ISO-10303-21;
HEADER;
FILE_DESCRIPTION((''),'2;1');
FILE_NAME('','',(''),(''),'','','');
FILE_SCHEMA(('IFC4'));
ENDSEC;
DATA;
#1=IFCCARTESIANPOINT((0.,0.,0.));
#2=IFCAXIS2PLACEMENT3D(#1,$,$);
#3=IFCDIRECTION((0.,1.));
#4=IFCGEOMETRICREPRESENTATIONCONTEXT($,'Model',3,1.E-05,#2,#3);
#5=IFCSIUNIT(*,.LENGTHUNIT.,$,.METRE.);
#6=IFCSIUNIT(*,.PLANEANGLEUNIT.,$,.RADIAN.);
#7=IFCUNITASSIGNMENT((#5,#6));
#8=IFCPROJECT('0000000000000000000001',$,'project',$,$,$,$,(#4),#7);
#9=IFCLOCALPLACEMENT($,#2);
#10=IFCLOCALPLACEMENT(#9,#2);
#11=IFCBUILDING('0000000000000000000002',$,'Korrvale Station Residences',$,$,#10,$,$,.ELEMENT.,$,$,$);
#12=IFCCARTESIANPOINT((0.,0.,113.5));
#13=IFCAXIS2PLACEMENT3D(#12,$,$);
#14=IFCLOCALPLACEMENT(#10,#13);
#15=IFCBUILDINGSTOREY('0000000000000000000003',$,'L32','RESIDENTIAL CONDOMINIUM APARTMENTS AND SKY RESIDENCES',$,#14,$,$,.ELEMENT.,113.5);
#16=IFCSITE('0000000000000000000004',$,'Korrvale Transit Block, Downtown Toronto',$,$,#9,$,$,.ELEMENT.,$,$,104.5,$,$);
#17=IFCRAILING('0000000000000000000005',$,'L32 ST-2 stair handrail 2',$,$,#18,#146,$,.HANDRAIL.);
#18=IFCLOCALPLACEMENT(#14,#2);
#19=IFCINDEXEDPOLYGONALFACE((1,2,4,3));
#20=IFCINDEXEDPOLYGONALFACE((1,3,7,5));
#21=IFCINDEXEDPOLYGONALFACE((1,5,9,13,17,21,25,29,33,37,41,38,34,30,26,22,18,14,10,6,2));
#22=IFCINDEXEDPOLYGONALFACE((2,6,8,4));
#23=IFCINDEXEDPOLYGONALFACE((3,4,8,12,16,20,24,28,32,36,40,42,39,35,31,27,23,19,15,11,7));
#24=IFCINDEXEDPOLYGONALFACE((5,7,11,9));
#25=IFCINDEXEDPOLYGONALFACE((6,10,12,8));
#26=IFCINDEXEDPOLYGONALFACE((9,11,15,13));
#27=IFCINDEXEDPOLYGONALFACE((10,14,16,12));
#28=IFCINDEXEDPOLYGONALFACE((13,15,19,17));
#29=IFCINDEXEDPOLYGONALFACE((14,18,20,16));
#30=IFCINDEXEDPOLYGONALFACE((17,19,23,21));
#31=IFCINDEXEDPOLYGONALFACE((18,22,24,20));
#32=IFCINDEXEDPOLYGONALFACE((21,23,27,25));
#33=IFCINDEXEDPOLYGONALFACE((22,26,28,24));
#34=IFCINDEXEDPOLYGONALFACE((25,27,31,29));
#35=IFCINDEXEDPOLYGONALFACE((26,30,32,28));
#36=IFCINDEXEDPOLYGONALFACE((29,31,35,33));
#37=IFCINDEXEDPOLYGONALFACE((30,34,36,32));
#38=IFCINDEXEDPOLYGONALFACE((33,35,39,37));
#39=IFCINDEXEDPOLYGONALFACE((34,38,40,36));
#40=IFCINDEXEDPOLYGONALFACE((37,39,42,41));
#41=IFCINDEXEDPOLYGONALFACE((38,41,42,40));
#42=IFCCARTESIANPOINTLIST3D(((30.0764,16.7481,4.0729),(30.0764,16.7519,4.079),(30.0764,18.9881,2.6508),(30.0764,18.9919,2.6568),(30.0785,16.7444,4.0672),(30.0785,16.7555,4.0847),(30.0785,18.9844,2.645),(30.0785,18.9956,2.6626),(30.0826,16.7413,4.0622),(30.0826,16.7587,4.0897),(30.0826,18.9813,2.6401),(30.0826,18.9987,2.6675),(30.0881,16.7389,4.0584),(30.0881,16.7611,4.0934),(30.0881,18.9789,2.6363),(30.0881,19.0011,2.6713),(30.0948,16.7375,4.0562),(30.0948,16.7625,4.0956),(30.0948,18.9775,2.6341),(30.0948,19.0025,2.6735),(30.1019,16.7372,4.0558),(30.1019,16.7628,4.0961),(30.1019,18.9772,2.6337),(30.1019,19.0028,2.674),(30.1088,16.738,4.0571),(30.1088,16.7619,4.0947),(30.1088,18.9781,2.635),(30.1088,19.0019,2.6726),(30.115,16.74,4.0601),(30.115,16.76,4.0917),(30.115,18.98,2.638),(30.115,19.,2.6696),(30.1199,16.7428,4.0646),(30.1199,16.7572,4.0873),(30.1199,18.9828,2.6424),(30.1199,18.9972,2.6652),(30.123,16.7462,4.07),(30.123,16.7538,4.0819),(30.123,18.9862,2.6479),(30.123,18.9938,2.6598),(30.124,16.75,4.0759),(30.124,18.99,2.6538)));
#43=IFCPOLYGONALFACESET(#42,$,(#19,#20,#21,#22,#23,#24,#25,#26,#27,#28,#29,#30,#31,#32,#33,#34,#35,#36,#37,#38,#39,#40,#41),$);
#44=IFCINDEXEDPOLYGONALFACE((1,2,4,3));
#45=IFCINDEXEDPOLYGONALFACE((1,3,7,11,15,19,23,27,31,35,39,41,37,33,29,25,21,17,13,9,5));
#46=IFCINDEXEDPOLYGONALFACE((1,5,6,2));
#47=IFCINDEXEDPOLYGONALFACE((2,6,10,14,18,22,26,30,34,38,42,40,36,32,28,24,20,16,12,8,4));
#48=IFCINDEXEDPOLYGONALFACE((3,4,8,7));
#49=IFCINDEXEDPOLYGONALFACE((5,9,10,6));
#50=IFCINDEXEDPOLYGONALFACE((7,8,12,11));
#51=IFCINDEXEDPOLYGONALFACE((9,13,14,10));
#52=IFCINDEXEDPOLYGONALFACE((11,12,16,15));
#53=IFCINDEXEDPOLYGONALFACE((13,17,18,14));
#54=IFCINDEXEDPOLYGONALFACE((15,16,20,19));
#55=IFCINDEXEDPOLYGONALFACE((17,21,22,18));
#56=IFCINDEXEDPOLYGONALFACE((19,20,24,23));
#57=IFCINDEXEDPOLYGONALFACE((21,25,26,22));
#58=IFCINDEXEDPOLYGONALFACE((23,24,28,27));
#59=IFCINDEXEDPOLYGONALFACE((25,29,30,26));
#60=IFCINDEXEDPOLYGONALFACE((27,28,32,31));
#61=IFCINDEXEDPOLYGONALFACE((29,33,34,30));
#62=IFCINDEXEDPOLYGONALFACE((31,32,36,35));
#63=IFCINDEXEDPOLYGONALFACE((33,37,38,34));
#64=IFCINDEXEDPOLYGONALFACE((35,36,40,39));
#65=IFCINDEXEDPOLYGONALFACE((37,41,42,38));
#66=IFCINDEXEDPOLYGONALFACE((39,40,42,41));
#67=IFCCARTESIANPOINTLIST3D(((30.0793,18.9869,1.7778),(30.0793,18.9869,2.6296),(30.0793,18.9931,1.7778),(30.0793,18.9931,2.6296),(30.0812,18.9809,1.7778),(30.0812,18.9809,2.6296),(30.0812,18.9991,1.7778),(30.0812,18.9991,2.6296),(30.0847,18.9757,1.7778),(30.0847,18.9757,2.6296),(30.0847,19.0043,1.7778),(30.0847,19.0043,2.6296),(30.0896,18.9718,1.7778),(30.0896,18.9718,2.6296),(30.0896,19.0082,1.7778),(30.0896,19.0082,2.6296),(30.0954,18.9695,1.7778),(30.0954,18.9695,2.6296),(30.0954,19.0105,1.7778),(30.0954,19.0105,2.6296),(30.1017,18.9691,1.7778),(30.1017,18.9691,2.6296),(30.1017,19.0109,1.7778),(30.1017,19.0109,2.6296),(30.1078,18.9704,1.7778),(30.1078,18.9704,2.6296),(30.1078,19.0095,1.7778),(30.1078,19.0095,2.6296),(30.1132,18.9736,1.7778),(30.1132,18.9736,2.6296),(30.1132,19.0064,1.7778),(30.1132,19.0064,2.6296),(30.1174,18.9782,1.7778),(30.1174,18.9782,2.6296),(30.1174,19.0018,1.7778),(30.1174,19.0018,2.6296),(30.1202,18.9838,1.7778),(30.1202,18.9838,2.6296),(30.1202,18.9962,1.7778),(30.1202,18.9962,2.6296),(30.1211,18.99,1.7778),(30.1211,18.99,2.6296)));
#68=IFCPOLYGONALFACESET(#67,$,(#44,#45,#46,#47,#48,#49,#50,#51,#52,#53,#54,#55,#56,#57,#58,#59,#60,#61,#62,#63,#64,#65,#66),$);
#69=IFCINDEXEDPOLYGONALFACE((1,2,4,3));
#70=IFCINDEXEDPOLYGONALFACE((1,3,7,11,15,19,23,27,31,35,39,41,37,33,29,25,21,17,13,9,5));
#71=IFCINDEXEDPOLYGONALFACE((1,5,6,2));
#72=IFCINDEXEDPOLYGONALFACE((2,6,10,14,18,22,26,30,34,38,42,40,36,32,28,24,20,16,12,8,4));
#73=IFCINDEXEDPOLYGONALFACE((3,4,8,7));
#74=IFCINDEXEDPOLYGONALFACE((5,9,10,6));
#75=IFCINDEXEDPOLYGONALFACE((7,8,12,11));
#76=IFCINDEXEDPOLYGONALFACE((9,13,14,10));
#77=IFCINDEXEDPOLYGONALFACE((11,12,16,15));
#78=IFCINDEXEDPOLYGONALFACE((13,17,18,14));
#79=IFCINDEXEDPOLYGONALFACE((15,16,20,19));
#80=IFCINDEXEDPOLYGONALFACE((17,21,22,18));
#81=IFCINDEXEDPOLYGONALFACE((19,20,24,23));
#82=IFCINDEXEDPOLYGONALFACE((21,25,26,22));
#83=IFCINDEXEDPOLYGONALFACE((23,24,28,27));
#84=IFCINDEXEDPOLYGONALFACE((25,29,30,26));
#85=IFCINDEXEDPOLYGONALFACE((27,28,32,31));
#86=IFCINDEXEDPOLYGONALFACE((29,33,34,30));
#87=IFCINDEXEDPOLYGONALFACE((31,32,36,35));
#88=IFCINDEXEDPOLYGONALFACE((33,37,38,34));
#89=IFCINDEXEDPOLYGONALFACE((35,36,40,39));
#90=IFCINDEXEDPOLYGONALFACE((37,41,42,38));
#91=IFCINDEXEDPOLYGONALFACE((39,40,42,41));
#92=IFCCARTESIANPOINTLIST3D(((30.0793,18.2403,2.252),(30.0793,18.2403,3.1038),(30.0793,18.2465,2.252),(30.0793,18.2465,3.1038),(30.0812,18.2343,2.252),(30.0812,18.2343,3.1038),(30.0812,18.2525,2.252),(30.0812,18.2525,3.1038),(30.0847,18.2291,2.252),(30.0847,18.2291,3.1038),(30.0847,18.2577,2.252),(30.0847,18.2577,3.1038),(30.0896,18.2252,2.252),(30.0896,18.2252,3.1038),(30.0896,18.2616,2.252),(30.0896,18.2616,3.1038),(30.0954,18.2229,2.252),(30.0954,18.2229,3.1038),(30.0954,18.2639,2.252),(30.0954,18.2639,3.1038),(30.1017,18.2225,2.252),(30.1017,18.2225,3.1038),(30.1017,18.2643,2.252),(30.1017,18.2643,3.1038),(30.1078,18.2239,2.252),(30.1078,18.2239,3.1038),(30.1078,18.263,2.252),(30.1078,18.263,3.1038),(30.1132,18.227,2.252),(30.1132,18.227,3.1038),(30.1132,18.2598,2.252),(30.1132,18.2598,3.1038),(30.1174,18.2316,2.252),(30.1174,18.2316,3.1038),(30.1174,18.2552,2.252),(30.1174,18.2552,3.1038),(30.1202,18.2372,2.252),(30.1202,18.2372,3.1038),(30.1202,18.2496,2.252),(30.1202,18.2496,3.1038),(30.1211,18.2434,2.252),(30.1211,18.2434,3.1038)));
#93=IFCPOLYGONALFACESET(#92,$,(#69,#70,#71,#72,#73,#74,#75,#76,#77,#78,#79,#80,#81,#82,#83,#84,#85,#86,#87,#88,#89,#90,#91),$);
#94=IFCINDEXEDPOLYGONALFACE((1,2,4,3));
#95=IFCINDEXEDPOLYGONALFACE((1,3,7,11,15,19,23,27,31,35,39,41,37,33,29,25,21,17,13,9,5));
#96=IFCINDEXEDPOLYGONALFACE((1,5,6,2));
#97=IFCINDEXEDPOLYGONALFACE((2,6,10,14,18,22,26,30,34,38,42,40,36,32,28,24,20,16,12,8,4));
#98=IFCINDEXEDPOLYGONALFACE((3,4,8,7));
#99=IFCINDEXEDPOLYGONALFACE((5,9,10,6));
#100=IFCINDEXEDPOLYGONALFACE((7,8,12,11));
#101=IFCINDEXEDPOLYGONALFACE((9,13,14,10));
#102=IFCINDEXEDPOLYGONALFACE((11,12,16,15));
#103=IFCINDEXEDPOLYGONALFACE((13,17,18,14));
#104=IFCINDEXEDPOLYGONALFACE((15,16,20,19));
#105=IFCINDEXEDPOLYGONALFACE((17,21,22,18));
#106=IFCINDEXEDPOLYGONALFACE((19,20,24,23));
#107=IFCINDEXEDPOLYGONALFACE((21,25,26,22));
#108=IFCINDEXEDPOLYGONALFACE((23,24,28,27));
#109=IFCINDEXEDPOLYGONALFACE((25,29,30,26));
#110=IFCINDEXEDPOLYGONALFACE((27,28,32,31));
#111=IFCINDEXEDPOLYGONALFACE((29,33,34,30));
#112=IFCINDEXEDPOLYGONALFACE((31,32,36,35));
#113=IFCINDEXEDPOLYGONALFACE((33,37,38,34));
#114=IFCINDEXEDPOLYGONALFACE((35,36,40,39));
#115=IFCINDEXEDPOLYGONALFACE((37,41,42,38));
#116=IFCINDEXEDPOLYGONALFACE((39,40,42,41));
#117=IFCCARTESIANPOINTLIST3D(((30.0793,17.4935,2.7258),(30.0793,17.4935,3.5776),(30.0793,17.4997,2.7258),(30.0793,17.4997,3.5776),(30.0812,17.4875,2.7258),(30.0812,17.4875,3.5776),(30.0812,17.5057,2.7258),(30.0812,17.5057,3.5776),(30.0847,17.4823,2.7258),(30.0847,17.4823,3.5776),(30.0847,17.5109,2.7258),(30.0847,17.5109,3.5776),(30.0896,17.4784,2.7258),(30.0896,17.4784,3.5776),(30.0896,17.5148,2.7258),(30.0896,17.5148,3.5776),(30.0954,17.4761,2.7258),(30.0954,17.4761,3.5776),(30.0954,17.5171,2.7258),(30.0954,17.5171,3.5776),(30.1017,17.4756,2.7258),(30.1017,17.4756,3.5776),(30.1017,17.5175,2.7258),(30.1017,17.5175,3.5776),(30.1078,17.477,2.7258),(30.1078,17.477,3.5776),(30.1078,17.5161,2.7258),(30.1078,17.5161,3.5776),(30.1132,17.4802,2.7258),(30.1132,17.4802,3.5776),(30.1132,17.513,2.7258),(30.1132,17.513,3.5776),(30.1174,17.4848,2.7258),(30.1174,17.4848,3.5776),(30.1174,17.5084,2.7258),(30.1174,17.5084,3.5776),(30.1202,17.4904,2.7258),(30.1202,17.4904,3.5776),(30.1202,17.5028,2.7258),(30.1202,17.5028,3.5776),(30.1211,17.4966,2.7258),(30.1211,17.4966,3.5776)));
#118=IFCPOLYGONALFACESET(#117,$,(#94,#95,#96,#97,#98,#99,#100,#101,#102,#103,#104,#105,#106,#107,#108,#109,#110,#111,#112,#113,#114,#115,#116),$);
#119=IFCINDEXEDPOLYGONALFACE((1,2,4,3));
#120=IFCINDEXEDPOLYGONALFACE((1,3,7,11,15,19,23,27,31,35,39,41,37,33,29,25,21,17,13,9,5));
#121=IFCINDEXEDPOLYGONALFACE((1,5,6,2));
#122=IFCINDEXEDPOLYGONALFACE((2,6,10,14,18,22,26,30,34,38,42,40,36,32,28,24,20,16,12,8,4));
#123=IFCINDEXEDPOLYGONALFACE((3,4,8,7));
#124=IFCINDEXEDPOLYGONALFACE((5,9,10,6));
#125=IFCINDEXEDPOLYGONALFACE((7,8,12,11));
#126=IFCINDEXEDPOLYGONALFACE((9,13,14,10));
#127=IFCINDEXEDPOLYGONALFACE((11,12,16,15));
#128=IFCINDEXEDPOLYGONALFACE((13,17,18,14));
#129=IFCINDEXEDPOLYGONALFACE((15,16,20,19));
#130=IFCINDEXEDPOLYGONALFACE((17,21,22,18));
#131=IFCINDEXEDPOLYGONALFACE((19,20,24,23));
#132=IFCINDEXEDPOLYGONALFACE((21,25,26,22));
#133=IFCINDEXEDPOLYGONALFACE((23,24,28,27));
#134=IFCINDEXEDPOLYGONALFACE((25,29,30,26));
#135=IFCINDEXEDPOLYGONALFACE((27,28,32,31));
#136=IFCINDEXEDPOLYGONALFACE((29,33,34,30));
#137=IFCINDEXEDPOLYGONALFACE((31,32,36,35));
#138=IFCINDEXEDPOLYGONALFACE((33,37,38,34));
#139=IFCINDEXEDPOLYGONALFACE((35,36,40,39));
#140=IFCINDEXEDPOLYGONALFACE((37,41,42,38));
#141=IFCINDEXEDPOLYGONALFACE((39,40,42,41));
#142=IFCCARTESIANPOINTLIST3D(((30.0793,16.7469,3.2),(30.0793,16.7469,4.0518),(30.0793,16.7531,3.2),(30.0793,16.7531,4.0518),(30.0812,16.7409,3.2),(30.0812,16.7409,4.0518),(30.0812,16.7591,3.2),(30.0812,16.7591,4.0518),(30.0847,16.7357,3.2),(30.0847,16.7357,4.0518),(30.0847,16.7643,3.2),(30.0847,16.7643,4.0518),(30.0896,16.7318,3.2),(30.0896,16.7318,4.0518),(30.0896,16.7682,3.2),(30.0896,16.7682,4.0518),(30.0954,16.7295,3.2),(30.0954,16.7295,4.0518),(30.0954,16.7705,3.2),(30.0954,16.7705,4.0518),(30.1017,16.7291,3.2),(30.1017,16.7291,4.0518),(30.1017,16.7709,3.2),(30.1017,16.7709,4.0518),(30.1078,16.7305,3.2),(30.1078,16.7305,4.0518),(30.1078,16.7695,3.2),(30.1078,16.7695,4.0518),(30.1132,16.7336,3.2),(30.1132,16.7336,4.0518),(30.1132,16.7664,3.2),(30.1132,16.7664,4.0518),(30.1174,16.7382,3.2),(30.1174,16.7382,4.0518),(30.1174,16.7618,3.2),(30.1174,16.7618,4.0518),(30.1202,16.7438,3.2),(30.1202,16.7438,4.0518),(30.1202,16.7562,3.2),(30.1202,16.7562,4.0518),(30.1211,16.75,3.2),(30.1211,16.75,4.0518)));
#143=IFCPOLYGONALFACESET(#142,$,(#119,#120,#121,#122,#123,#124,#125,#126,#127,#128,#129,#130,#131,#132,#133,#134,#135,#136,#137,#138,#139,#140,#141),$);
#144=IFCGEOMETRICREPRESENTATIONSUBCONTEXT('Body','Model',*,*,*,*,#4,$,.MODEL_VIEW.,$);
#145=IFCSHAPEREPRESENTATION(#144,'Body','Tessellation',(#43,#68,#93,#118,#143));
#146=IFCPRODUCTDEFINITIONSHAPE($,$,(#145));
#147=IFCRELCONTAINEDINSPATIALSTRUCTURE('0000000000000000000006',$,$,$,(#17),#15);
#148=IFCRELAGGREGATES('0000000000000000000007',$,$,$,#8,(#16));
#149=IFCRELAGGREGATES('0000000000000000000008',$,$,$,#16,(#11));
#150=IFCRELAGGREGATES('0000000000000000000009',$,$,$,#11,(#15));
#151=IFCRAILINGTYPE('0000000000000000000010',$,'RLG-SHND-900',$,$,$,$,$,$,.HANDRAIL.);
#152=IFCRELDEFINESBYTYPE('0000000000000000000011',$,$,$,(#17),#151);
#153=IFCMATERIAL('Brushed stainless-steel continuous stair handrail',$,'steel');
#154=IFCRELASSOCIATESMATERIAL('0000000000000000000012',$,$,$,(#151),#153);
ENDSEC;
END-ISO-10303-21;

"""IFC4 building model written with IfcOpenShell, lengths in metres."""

from ifc_helpers import new_model, si_unit, direction, frame, origin, origin_2d, place, context, subcontext, project, spatial, circle, extrude, material, type_object, element, save


model = new_model("IFC4")

# Units and contexts
model_context = context("Model", 3, precision=1e-05, world=origin(), true_north=direction((0.0, 1.0)))
body_context = subcontext(model_context, "Body", "Model", "MODEL_VIEW")
ifc_project = project(units=[si_unit("LENGTHUNIT", "METRE"), si_unit("PLANEANGLEUNIT", "RADIAN")], contexts=[model_context])

# Site, building, storey
site_placement = place(None, origin())
site = spatial("IfcSite", under=ifc_project, at=site_placement, Name="Korrvale Transit Block, Downtown Toronto", CompositionType="ELEMENT", RefElevation=104.5)
building_placement = place(site_placement, origin())
building = spatial("IfcBuilding", under=site, at=building_placement, Name="Korrvale Station Residences", CompositionType="ELEMENT")
storey_placement = place(building_placement, frame((0.0, 0.0, 113.5)))
storey = spatial("IfcBuildingStorey", under=building, at=storey_placement, Name="L32", Description="RESIDENTIAL CONDOMINIUM APARTMENTS AND SKY RESIDENCES", CompositionType="ELEMENT", Elevation=113.5)

# Railing
ifc_material_1 = material(Name="Brushed stainless-steel continuous stair handrail", Category="steel")
railing_type_1 = type_object("IfcRailingType", Name="RLG-SHND-900", PredefinedType="HANDRAIL", material=ifc_material_1)
railing_1_placement = place(storey_placement, frame((30.1001, 18.99, 1.7778)))
element("IfcRailing", 1, at=railing_1_placement, inside=storey, type_object=railing_type_1, Name="L32 ST-2 stair handrail 2", PredefinedType="HANDRAIL", context=body_context, shape_type="SweptSolid", body=[
    extrude(circle(Radius=0.0239, at=origin_2d()), frame((0.0, 0.0, 0.876), z_axis=(0.0, -0.844229, 0.535982), x_axis=(1.0, 0.0, 0.0)), (0.0, 0.0, 1.0), 2.6533),
    extrude(circle(Radius=0.021, at=origin_2d()), origin(), (0.0, 0.0, 1.0), 0.8518),
    extrude(circle(Radius=0.021, at=origin_2d()), frame((0.0, -0.7466, 0.4741)), (0.0, 0.0, 1.0), 0.8518),
    extrude(circle(Radius=0.021, at=origin_2d()), frame((0.0, -1.4934, 0.948)), (0.0, 0.0, 1.0), 0.8518),
    extrude(circle(Radius=0.021, at=origin_2d()), frame((0.0, -2.24, 1.4221)), (0.0, 0.0, 1.0), 0.8518),
])

save(model, "model.ifc")
